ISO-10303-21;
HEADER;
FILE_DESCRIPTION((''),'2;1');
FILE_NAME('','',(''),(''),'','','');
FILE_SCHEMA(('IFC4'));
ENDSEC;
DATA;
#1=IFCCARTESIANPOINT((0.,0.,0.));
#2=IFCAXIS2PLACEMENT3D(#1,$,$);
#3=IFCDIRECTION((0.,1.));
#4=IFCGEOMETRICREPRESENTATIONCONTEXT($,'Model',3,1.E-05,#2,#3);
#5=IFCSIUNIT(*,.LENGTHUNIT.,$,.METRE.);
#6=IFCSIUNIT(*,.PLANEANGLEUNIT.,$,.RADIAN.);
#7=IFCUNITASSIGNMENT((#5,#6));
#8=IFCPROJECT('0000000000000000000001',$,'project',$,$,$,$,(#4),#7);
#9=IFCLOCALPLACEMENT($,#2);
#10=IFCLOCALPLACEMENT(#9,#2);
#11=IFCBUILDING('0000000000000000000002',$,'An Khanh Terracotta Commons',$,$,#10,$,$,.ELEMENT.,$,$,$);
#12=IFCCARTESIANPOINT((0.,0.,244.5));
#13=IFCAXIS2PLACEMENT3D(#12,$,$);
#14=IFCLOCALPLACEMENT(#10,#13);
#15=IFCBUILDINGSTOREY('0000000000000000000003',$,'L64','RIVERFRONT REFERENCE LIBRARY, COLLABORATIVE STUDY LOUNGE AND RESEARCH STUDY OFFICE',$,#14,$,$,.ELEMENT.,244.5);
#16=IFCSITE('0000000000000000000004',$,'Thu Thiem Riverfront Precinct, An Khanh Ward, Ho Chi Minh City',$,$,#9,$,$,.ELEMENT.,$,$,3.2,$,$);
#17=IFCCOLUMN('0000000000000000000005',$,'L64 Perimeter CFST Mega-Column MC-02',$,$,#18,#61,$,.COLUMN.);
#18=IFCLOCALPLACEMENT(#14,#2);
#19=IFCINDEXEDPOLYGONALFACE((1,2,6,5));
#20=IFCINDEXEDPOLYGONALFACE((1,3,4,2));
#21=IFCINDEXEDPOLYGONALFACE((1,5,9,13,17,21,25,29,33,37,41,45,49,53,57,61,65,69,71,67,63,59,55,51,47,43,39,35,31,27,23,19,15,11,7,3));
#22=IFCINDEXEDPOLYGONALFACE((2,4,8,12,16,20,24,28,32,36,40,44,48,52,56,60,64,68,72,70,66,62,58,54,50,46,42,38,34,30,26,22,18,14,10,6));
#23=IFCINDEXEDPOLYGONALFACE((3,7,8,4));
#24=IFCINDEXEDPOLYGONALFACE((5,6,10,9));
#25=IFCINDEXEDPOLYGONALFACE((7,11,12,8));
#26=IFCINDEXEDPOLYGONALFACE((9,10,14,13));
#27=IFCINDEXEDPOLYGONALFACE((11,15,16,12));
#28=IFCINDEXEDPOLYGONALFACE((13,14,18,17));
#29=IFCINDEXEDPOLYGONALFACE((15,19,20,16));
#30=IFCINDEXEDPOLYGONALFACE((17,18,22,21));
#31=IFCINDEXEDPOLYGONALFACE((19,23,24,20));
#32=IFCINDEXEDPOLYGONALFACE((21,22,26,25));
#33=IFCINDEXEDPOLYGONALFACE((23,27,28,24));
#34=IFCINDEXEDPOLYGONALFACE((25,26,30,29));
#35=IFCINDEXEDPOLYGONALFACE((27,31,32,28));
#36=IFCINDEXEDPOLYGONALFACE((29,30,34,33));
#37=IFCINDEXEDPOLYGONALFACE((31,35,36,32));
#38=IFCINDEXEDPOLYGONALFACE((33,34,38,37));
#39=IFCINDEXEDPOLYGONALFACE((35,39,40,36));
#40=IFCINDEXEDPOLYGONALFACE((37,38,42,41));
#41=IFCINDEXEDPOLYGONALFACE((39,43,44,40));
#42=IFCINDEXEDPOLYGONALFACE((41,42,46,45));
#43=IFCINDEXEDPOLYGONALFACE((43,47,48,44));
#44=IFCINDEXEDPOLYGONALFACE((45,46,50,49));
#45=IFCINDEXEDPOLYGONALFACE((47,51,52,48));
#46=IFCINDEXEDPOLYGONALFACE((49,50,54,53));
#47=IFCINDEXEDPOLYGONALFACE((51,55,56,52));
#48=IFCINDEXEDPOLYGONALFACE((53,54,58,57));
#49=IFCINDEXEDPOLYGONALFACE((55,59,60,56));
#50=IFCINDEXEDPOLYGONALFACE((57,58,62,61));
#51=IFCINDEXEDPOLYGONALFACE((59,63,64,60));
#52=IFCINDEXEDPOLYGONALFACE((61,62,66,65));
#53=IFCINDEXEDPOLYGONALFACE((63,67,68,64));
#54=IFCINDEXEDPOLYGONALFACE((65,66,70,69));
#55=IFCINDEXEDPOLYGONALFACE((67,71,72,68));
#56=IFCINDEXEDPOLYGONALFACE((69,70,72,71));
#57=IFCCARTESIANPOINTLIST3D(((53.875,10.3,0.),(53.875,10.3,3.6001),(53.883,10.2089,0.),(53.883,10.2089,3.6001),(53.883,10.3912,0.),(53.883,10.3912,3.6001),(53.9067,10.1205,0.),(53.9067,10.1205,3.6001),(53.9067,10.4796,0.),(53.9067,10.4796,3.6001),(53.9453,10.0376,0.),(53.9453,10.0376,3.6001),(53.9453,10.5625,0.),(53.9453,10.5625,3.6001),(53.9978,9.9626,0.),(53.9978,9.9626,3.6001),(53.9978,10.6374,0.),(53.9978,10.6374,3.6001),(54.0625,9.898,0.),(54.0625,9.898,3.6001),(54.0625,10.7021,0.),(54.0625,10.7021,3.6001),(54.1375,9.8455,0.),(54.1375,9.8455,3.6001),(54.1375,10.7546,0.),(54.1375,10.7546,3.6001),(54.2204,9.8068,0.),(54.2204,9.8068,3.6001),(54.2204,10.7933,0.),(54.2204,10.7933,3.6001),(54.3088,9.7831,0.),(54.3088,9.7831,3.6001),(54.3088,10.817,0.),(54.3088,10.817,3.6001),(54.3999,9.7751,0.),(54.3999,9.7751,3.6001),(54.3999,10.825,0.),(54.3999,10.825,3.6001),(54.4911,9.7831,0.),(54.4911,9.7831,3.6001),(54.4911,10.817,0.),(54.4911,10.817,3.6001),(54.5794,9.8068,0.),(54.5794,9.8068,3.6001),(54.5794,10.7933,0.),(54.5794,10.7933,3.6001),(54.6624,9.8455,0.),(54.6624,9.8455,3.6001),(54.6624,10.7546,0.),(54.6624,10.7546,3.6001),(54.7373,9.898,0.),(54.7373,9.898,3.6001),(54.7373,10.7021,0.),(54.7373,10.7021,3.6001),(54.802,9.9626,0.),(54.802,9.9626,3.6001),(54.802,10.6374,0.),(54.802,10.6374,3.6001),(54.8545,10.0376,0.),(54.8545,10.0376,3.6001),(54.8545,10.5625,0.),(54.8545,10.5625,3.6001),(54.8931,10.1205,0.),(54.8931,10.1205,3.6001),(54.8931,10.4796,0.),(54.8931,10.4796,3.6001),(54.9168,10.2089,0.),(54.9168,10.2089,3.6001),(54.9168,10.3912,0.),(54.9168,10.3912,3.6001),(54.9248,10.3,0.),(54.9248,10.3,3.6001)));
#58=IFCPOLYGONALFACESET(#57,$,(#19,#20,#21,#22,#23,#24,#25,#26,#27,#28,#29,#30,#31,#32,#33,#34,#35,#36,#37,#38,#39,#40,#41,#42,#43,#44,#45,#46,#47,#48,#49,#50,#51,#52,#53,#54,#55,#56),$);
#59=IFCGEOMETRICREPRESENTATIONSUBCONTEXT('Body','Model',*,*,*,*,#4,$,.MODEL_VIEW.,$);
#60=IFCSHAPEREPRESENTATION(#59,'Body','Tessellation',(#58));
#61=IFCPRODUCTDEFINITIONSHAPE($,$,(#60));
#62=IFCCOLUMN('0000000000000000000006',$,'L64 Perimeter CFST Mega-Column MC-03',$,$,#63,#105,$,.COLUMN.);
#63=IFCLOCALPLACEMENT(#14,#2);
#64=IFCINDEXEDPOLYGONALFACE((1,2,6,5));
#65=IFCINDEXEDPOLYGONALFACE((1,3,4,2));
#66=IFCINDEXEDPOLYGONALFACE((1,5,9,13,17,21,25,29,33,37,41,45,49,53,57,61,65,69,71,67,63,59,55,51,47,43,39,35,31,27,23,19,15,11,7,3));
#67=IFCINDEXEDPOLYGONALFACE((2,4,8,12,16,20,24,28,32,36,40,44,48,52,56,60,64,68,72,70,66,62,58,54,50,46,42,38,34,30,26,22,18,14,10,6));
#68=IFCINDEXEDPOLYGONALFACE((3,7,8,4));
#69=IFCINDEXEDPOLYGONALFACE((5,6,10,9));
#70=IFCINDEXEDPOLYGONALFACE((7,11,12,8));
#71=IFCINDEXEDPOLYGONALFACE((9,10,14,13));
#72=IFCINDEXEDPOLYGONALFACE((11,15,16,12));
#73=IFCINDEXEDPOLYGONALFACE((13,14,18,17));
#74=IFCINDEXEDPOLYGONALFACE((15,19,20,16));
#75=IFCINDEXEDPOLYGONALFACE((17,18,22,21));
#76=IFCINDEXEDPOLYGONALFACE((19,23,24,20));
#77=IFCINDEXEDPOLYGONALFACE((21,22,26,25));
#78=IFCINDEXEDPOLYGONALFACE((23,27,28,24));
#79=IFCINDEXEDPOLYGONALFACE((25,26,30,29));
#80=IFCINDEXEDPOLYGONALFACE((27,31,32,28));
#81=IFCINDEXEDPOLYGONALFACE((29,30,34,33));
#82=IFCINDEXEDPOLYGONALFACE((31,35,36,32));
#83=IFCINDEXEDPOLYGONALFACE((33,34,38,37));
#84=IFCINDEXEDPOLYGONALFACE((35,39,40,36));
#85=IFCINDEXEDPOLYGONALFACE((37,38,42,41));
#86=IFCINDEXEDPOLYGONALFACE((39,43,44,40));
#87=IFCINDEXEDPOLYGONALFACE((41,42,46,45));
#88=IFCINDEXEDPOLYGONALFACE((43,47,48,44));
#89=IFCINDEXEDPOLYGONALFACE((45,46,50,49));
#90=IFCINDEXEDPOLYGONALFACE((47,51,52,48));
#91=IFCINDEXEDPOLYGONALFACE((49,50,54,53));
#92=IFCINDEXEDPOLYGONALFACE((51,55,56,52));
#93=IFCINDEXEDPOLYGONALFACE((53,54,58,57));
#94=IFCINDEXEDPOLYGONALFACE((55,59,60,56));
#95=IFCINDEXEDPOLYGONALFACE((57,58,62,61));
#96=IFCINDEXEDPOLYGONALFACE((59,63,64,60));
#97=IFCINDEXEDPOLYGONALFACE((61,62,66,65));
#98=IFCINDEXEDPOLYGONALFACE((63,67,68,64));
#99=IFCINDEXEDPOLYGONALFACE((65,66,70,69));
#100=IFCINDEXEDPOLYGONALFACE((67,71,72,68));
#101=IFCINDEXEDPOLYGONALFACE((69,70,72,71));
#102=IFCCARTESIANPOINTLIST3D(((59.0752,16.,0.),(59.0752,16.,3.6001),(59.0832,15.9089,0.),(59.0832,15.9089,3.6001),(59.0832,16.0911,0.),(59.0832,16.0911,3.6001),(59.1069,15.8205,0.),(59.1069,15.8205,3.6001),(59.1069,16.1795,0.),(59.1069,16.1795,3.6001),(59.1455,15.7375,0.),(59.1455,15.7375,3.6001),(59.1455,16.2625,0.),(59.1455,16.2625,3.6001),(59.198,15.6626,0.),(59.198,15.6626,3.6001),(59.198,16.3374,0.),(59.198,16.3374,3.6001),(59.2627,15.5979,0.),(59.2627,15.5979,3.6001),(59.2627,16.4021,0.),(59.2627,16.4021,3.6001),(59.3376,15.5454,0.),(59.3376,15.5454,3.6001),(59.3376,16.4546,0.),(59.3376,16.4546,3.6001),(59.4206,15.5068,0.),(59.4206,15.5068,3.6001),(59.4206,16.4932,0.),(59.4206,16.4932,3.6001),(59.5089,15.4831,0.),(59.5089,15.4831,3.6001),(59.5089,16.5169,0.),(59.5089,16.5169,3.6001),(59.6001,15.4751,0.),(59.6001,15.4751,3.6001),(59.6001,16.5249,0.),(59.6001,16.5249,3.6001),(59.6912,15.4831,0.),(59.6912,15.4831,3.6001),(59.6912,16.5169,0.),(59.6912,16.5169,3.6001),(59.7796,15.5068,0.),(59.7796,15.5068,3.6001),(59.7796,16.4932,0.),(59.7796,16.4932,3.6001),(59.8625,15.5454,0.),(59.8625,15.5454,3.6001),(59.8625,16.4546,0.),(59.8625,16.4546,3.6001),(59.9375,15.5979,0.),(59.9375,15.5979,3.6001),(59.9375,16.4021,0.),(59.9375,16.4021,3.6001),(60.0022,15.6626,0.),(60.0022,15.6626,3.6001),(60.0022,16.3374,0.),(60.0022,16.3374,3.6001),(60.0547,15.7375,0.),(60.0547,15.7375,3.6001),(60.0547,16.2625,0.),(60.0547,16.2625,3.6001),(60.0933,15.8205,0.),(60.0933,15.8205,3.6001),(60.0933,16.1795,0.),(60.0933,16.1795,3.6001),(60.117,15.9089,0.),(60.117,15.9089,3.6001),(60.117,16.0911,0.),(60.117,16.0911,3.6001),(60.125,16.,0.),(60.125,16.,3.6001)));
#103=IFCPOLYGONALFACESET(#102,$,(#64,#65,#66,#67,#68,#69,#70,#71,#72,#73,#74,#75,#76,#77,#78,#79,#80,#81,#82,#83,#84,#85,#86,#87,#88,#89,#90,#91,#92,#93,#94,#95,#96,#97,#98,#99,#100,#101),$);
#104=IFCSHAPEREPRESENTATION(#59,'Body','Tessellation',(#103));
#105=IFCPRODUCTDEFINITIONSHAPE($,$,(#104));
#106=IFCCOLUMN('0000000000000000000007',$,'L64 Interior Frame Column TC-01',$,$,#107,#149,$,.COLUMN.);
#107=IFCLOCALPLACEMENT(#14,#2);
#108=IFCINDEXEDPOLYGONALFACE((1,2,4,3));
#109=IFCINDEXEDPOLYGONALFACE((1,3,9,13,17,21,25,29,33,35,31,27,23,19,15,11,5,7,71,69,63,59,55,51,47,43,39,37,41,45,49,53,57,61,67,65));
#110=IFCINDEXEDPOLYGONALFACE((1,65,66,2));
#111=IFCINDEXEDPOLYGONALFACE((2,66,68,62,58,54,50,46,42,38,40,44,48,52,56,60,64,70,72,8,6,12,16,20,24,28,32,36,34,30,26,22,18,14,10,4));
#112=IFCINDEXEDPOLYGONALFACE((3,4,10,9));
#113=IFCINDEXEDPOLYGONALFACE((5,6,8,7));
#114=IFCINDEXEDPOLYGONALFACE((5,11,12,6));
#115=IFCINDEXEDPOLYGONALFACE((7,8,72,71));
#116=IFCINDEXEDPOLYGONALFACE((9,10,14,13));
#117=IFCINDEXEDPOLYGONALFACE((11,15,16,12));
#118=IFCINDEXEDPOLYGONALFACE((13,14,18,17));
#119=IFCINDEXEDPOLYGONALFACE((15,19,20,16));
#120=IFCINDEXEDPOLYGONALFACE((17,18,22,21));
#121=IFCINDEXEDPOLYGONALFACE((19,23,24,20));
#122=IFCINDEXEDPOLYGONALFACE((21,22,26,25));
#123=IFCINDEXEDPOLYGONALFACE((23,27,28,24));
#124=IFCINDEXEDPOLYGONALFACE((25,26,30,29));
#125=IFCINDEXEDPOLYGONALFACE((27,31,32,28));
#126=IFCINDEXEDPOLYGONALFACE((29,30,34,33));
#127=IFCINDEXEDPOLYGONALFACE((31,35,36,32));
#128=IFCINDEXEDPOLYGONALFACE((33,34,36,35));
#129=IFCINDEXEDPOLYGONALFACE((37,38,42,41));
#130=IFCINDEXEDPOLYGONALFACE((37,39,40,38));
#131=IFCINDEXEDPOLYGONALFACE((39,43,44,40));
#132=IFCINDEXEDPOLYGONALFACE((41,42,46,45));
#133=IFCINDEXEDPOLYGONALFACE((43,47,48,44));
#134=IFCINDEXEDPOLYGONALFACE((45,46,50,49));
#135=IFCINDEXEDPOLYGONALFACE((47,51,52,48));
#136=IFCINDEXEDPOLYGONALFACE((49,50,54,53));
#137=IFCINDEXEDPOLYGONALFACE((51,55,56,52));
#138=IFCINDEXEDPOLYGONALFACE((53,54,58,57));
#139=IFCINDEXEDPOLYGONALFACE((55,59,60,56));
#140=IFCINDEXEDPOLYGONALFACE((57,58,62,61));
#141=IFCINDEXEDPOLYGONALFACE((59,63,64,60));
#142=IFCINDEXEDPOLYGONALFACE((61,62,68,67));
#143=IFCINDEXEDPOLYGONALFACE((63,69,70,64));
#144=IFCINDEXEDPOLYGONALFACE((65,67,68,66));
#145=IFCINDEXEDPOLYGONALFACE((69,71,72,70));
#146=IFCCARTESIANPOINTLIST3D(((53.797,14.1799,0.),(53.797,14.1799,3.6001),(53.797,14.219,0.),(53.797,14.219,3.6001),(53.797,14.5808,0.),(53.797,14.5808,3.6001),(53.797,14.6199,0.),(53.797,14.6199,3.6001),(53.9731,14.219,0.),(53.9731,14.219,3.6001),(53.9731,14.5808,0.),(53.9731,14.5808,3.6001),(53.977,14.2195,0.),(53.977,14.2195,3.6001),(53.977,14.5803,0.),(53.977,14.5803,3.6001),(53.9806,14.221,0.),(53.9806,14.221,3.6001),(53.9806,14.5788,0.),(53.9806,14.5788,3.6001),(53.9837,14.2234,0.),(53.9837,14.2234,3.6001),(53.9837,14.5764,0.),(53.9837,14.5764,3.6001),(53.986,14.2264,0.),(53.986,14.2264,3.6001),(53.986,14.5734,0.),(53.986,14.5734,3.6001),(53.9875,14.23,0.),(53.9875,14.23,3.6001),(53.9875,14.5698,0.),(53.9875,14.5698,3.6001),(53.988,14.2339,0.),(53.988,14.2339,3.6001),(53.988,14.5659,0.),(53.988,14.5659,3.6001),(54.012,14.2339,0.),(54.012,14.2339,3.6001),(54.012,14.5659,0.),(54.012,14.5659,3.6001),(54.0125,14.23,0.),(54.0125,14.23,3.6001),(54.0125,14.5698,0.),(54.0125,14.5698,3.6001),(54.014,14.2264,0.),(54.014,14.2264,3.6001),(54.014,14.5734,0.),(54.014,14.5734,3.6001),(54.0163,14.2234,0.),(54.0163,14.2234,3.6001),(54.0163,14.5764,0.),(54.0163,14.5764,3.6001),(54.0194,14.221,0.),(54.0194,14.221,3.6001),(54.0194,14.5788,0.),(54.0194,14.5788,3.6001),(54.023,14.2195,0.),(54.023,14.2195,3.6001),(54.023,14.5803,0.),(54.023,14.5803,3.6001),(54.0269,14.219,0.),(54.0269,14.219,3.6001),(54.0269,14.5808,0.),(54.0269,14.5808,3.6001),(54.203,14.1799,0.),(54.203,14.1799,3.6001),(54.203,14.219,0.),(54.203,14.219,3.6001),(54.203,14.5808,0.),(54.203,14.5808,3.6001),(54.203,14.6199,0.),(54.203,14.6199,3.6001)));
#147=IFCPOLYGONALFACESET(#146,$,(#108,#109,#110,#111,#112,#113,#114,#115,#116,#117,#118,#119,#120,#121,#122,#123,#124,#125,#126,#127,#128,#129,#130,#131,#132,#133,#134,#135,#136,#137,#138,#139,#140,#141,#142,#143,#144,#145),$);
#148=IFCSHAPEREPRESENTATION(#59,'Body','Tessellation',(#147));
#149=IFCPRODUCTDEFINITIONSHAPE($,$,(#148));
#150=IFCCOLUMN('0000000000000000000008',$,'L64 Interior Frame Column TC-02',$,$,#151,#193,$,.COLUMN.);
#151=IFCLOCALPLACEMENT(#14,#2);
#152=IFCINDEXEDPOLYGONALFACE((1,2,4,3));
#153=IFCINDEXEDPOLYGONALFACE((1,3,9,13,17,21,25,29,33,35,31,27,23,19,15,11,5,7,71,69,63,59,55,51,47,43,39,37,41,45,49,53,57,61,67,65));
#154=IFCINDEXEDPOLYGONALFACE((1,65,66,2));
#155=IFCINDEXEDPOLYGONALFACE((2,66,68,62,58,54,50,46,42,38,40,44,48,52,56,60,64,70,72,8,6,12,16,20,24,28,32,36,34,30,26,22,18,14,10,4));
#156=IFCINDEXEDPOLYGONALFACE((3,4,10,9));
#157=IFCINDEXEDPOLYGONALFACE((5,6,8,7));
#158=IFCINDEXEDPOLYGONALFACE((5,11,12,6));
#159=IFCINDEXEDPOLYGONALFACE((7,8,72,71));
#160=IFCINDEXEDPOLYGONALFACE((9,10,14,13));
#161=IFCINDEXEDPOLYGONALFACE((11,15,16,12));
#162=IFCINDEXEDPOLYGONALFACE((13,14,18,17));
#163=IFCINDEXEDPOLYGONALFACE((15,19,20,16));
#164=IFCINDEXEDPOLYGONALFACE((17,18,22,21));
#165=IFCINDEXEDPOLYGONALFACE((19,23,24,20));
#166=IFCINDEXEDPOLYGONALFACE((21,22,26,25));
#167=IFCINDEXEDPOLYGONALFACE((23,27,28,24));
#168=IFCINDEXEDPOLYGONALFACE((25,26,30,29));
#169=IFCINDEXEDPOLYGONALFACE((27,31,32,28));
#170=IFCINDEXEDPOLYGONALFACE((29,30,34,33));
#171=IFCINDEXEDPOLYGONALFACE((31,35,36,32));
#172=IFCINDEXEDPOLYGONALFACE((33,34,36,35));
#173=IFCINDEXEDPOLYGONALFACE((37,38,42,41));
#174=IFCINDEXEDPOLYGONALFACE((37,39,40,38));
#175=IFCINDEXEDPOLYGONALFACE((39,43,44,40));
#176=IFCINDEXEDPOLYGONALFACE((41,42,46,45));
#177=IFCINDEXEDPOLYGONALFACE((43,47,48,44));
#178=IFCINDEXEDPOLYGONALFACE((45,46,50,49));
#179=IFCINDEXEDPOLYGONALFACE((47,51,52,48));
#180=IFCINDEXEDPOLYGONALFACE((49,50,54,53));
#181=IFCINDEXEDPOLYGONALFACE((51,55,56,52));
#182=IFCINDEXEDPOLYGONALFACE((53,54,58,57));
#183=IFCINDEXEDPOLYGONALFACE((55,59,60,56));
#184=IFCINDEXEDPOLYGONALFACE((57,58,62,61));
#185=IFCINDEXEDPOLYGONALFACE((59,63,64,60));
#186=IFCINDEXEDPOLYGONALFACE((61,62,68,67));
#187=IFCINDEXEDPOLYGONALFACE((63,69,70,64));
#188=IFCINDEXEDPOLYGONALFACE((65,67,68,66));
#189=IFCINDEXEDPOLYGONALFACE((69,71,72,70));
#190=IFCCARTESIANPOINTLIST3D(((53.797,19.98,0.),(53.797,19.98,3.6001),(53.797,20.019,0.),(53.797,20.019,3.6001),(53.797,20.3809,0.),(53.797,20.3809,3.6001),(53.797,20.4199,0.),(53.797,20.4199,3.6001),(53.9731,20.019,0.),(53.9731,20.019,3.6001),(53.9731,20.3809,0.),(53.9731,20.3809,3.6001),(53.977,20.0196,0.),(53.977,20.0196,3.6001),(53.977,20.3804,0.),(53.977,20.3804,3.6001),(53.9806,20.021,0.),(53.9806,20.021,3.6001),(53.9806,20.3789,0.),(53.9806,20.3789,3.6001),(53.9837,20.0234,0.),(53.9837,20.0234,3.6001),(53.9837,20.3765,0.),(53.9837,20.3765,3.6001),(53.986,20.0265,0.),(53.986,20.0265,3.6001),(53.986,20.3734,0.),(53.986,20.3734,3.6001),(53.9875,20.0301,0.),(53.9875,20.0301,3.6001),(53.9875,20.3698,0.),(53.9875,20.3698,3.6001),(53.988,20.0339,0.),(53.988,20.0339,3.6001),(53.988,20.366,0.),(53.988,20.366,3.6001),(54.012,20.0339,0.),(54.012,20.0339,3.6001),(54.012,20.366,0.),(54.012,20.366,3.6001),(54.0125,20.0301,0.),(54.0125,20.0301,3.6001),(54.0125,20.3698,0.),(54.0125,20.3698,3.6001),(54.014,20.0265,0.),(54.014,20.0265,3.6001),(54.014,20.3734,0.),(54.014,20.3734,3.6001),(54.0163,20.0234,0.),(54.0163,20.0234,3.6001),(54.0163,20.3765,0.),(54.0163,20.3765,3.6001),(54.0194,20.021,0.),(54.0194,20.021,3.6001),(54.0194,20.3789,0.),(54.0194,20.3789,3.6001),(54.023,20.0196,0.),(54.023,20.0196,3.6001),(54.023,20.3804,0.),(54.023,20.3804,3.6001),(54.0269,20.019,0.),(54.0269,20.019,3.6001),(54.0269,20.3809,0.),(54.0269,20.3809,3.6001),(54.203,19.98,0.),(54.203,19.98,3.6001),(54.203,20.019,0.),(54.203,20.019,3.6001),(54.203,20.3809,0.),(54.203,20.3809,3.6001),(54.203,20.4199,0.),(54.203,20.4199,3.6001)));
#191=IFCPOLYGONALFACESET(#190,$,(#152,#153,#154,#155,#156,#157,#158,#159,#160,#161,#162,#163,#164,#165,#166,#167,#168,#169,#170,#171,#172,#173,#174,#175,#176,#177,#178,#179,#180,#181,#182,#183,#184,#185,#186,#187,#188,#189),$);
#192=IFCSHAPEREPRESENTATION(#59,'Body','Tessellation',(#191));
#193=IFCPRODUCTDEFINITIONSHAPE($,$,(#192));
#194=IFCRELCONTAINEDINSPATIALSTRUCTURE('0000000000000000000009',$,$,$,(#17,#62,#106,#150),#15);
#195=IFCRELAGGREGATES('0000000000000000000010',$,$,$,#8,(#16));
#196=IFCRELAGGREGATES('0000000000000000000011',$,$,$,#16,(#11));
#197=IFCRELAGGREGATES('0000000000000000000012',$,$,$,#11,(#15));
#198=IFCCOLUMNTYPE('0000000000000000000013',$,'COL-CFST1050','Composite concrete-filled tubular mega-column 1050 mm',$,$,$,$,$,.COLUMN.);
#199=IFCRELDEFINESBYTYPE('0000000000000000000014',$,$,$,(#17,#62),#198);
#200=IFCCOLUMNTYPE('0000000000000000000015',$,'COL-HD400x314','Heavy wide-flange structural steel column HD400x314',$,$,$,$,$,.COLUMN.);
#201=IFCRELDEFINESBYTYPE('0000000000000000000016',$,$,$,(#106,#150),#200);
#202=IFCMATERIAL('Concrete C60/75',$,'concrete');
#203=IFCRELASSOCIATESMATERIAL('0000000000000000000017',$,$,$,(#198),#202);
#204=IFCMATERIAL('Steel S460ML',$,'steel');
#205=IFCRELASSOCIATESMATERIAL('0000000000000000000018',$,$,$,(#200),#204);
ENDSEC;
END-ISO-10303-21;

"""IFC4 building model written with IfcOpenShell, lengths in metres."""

from ifc_helpers import new_model, si_unit, direction, frame, origin, origin_2d, place, context, subcontext, project, spatial, circle, i_section, extrude, material, material_profile, profile_set, type_object, element, save


model = new_model("IFC4")

# Units and contexts
model_context = context("Model", 3, precision=1e-05, world=origin(), true_north=direction((0.0, 1.0)))
body_context = subcontext(model_context, "Body", "Model", "MODEL_VIEW")
ifc_project = project(units=[si_unit("LENGTHUNIT", "METRE"), si_unit("PLANEANGLEUNIT", "RADIAN")], contexts=[model_context])

# Site, building, storey
site_placement = place(None, origin())
site = spatial("IfcSite", under=ifc_project, at=site_placement, Name="Thu Thiem Riverfront Precinct, An Khanh Ward, Ho Chi Minh City", CompositionType="ELEMENT", RefElevation=3.2)
building_placement = place(site_placement, origin())
building = spatial("IfcBuilding", under=site, at=building_placement, Name="An Khanh Terracotta Commons", CompositionType="ELEMENT")
storey_placement = place(building_placement, frame((0.0, 0.0, 244.5)))
storey = spatial("IfcBuildingStorey", under=building, at=storey_placement, Name="L64", Description="RIVERFRONT REFERENCE LIBRARY, COLLABORATIVE STUDY LOUNGE AND RESEARCH STUDY OFFICE", CompositionType="ELEMENT", Elevation=244.5)

# Columns
ifc_material_1 = material(Name="Concrete C60/75", Category="concrete")
ifc_material_profile_1 = material_profile(ifc_material_1, circle(Radius=0.5249, at=origin_2d()), Name="CFST1050")
ifc_profile_set_1 = profile_set([ifc_material_profile_1], Name="Concrete C60/75")
column_type_1 = type_object("IfcColumnType", Name="COL-CFST1050", Description="Composite concrete-filled tubular mega-column 1050 mm", PredefinedType="COLUMN", material=ifc_profile_set_1)
for number, where, z_axis, x_axis, name in (
    (1, (54.3999, 10.3, 0.0), (0.0, 0.0, 1.0), (1.0, 0.0, 0.0), "L64 Perimeter CFST Mega-Column MC-02"),
    (2, (59.6001, 16.0, 0.0), (0.0, 0.0, 1.0), (1.0, 0.0, 0.0), "L64 Perimeter CFST Mega-Column MC-03"),
):
    element("IfcColumn", number, at=place(storey_placement, frame(where, z_axis=z_axis, x_axis=x_axis)), inside=storey, type_object=column_type_1, Name=name, PredefinedType="COLUMN", context=body_context, shape_type="SweptSolid", body=[
        extrude(circle(Radius=0.5249, at=origin_2d()), origin(), (0.0, 0.0, 1.0), 3.6001),
    ])
ifc_material_2 = material(Name="Steel S460ML", Category="steel")
ifc_material_profile_2 = material_profile(ifc_material_2, i_section(OverallWidth=0.406, OverallDepth=0.4399, WebThickness=0.0239, FlangeThickness=0.0391, FilletRadius=0.0149, at=origin_2d()), Name="HD400x314")
ifc_profile_set_2 = profile_set([ifc_material_profile_2], Name="Steel S460ML")
column_type_2 = type_object("IfcColumnType", Name="COL-HD400x314", Description="Heavy wide-flange structural steel column HD400x314", PredefinedType="COLUMN", material=ifc_profile_set_2)
for number, where, z_axis, x_axis, name in (
    (3, (54.0, 14.3999, 0.0), (0.0, 0.0, 1.0), (1.0, 0.0, 0.0), "L64 Interior Frame Column TC-01"),
    (4, (54.0, 20.2, 0.0), (0.0, 0.0, 1.0), (1.0, 0.0, 0.0), "L64 Interior Frame Column TC-02"),
):
    element("IfcColumn", number, at=place(storey_placement, frame(where, z_axis=z_axis, x_axis=x_axis)), inside=storey, type_object=column_type_2, Name=name, PredefinedType="COLUMN", context=body_context, shape_type="SweptSolid", body=[
        extrude(i_section(OverallWidth=0.406, OverallDepth=0.4399, WebThickness=0.0239, FlangeThickness=0.0391, FilletRadius=0.0149, at=origin_2d()), origin(), (0.0, 0.0, 1.0), 3.6001),
    ])

save(model, "model.ifc")
